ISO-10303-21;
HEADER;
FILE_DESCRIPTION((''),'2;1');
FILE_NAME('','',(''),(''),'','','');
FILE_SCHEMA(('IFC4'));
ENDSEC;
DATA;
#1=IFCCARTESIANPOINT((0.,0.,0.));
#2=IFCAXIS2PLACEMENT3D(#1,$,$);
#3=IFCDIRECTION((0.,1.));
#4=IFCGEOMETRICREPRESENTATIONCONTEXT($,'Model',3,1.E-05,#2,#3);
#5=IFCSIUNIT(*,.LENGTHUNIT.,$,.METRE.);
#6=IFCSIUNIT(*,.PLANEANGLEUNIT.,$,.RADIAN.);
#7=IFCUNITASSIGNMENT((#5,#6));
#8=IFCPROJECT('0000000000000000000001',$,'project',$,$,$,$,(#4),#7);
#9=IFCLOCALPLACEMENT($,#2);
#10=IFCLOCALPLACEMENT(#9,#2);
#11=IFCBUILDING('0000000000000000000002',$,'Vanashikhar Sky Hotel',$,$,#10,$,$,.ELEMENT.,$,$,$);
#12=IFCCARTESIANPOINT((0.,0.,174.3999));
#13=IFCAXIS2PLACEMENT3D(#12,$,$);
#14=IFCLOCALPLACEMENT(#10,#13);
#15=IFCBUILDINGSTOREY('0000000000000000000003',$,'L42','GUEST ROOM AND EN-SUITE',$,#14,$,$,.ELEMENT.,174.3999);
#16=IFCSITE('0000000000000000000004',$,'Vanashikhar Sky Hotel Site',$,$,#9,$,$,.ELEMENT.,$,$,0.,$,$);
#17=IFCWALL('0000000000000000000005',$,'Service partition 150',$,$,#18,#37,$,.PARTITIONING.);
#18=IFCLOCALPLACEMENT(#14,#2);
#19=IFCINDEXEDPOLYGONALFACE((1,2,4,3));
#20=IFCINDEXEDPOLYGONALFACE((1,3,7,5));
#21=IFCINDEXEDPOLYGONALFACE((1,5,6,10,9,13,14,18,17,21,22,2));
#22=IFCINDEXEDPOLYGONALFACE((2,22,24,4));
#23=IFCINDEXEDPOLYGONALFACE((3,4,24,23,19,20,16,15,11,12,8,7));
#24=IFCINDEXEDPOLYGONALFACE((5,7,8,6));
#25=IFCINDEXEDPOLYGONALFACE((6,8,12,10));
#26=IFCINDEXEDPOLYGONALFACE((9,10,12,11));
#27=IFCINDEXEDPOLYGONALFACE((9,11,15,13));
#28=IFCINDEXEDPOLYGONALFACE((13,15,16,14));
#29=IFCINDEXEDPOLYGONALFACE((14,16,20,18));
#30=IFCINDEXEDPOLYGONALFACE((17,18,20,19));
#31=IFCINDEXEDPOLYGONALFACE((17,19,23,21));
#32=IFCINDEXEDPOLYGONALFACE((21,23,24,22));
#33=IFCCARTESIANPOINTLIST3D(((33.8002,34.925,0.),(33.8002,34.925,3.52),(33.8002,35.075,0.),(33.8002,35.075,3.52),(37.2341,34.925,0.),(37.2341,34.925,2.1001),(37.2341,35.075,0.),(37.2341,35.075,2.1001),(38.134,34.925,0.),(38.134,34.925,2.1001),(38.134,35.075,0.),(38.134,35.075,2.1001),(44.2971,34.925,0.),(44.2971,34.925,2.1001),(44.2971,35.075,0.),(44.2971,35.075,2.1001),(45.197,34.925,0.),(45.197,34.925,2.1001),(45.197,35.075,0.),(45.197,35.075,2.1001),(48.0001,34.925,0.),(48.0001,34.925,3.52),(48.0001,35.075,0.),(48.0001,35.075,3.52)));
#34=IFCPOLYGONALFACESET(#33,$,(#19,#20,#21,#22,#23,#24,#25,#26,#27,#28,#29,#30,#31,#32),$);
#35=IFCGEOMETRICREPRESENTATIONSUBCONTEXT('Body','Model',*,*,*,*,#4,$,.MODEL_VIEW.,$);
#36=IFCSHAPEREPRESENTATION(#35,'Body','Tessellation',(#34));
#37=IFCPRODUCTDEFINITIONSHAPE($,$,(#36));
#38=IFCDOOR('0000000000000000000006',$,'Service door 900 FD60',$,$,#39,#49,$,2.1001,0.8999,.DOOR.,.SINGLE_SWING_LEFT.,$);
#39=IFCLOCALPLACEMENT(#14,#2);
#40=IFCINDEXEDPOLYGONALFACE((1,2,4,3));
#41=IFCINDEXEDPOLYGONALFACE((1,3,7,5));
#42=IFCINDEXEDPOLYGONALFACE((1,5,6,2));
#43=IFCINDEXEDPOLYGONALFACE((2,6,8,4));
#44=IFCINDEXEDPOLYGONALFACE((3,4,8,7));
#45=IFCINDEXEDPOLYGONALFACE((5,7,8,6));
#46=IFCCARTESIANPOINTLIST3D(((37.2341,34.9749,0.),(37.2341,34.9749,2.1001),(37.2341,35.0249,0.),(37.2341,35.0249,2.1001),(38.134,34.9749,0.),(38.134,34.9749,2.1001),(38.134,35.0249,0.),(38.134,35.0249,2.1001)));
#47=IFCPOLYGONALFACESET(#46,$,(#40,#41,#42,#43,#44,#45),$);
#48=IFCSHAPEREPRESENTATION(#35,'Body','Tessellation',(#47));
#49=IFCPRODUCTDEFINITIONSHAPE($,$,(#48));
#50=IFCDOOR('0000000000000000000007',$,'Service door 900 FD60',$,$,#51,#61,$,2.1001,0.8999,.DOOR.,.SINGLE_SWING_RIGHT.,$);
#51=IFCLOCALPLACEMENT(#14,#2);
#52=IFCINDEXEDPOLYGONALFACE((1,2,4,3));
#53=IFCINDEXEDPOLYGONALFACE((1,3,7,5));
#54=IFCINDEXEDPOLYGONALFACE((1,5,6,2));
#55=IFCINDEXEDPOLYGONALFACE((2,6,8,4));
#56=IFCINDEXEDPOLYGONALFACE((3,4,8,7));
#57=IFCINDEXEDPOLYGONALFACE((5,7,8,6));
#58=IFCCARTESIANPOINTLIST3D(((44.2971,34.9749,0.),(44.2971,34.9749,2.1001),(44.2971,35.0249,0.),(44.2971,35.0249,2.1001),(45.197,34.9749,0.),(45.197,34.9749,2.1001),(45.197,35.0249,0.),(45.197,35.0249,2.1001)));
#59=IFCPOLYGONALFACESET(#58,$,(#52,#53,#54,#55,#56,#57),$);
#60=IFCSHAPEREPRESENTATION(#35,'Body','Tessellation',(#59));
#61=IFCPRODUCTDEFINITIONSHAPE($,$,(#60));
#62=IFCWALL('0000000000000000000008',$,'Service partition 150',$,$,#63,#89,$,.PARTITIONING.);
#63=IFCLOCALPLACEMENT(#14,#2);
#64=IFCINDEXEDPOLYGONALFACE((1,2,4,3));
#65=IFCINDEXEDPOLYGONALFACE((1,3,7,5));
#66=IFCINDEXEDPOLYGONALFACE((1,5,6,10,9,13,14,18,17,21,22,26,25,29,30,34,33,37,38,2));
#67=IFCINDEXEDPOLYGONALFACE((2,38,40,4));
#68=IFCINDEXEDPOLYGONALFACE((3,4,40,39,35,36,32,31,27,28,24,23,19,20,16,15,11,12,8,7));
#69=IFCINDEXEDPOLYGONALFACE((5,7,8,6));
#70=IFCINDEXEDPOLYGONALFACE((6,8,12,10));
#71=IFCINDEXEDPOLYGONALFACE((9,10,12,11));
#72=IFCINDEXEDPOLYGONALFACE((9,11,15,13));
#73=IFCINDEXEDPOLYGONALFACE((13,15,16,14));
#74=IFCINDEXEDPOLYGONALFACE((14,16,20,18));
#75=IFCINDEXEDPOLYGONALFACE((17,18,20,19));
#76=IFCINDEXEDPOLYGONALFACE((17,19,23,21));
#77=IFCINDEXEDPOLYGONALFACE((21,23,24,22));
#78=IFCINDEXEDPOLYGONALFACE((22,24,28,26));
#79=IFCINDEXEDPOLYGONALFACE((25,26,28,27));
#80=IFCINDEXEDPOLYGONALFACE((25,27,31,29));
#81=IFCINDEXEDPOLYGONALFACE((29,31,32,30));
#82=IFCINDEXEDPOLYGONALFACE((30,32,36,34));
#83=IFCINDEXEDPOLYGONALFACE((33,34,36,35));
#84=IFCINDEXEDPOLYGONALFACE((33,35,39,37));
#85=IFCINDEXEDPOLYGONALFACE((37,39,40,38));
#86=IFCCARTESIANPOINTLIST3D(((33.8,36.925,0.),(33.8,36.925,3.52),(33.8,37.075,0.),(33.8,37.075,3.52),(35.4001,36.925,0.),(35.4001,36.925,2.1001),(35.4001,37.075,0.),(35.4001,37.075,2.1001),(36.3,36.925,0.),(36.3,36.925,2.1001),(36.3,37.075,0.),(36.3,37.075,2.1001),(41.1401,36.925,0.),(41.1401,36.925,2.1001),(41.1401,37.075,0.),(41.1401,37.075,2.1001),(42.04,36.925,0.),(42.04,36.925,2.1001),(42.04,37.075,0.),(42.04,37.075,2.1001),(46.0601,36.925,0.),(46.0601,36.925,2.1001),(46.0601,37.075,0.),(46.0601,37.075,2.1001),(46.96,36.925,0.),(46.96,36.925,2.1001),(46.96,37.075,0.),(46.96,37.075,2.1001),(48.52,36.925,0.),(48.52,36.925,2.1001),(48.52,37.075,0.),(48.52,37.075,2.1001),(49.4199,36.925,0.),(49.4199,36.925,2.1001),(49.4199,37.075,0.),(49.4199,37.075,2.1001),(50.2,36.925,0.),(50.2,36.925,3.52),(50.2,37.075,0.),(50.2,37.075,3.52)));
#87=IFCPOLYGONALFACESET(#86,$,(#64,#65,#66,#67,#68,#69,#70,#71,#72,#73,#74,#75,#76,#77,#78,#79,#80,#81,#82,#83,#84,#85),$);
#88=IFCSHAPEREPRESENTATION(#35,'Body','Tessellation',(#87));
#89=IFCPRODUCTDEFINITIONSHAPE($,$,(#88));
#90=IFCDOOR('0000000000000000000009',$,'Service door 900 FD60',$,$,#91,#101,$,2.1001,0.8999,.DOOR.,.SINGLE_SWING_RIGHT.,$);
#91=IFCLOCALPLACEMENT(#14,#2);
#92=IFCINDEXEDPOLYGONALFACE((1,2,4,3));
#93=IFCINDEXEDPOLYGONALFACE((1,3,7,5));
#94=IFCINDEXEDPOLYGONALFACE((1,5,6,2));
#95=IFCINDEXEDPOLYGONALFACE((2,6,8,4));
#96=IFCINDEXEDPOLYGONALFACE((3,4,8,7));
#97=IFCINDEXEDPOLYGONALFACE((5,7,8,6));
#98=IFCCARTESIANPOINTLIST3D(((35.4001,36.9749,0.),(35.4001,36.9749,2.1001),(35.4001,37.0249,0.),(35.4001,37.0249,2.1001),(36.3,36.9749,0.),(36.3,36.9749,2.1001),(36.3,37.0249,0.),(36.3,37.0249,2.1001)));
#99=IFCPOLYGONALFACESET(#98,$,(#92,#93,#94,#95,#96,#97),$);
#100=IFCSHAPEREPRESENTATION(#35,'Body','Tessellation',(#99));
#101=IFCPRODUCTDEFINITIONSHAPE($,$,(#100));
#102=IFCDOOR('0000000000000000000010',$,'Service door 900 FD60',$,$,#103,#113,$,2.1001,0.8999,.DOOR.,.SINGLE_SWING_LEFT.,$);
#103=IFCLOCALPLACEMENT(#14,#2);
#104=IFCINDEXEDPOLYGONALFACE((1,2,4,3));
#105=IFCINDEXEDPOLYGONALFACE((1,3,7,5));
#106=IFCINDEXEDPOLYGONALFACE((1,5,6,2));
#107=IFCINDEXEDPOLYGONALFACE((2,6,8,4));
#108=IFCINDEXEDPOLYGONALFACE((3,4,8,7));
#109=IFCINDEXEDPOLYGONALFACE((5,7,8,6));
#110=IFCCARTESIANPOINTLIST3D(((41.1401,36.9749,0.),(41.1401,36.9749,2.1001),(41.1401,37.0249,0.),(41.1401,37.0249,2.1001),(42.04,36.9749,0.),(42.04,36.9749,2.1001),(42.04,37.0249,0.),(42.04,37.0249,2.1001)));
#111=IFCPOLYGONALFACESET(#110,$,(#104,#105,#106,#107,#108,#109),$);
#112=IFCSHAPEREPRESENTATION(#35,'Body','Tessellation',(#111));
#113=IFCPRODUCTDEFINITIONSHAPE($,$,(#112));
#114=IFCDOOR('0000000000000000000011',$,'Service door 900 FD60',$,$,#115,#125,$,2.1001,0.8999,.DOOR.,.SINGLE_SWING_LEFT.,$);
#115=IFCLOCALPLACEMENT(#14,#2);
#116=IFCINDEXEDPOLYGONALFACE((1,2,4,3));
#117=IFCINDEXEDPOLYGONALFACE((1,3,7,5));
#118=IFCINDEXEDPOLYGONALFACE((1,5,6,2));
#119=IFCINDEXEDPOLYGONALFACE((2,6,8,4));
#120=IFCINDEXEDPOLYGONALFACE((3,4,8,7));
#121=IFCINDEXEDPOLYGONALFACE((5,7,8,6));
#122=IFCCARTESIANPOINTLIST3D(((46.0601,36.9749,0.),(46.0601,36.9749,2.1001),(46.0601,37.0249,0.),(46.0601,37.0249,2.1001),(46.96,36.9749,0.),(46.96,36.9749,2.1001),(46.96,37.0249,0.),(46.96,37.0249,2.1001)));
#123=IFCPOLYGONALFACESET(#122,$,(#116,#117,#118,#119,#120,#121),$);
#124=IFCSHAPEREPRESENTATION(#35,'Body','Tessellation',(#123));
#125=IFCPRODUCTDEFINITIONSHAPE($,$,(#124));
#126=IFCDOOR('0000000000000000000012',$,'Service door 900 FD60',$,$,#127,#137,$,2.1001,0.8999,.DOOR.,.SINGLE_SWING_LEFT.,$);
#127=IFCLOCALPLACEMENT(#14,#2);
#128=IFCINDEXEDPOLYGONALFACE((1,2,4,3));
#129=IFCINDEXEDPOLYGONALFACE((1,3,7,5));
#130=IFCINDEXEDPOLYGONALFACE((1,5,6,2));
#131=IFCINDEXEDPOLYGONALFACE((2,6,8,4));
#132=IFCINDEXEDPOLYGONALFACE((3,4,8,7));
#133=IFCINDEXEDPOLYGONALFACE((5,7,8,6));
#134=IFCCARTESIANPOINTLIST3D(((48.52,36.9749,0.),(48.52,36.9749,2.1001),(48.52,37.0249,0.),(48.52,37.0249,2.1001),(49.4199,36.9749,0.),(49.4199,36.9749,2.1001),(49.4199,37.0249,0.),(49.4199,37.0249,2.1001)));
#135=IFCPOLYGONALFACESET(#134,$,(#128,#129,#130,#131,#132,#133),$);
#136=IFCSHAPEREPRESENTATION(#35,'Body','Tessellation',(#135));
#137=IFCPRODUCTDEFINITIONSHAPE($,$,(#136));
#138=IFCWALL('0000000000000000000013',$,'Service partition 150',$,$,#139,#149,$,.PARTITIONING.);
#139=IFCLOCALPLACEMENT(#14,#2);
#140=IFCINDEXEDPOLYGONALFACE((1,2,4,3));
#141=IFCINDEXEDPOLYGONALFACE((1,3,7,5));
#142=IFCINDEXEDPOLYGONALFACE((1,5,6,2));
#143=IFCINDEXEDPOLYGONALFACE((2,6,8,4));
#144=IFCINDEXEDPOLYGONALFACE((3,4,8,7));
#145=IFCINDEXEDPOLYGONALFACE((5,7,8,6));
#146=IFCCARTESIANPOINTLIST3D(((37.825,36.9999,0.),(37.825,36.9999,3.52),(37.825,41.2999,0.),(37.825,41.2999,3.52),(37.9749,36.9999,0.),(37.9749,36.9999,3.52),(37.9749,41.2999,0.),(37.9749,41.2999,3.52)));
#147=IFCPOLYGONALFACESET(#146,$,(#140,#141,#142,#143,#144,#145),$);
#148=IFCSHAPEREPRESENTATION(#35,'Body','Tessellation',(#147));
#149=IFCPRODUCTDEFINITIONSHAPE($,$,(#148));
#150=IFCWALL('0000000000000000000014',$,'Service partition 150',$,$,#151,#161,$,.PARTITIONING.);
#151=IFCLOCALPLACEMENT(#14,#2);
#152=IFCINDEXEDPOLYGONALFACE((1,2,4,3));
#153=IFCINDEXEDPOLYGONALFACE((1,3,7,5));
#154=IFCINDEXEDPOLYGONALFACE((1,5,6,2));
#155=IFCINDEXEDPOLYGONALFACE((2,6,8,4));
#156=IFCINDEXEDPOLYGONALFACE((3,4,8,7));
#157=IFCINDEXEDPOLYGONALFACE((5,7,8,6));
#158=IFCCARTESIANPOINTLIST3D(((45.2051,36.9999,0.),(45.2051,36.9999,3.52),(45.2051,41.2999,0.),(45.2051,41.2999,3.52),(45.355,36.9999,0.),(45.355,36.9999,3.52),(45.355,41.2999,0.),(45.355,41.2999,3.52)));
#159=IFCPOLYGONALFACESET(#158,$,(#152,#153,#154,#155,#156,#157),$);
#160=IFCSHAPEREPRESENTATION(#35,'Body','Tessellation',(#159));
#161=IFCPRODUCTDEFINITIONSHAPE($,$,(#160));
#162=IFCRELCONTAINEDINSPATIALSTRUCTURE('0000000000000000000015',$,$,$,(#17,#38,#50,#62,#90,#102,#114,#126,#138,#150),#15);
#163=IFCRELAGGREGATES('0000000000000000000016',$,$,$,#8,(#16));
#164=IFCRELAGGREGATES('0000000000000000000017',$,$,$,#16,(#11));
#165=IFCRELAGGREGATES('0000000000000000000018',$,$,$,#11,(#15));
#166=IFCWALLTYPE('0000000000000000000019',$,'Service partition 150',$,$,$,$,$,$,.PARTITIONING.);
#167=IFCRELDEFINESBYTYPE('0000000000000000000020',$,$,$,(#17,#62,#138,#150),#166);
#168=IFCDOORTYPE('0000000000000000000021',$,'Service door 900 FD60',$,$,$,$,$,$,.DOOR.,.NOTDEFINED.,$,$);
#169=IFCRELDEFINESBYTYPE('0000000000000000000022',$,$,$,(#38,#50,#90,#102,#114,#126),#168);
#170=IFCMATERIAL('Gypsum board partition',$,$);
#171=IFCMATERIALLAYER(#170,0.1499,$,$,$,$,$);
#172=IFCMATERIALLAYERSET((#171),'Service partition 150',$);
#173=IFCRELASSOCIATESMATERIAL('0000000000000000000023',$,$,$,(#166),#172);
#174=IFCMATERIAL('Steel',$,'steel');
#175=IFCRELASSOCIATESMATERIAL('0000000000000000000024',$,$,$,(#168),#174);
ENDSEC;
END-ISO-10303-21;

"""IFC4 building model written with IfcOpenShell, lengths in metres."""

from ifc_helpers import new_model, si_unit, direction, frame, frame_2d, origin, place, context, subcontext, project, spatial, rectangle, extrude, source, transform, mapped, material, layer, layer_set, type_object, element, fill, save


model = new_model("IFC4")

# Units and contexts
model_context = context("Model", 3, precision=1e-05, world=origin(), true_north=direction((0.0, 1.0)))
body_context = subcontext(model_context, "Body", "Model", "MODEL_VIEW")
ifc_project = project(units=[si_unit("LENGTHUNIT", "METRE"), si_unit("PLANEANGLEUNIT", "RADIAN")], contexts=[model_context])

# Site, building, storey
site_placement = place(None, origin())
site = spatial("IfcSite", under=ifc_project, at=site_placement, Name="Vanashikhar Sky Hotel Site", CompositionType="ELEMENT", RefElevation=0.0)
building_placement = place(site_placement, origin())
building = spatial("IfcBuilding", under=site, at=building_placement, Name="Vanashikhar Sky Hotel", CompositionType="ELEMENT")
storey_placement = place(building_placement, frame((0.0, 0.0, 174.3999)))
storey = spatial("IfcBuildingStorey", under=building, at=storey_placement, Name="L42", Description="GUEST ROOM AND EN-SUITE", CompositionType="ELEMENT", Elevation=174.3999)

# Shared definitions
ifc_material_1 = material(Name="Gypsum board partition")
ifc_layer_1 = layer(ifc_material_1, 0.1499)
ifc_layer_set_1 = layer_set([ifc_layer_1], Name="Service partition 150")
wall_type_1 = type_object("IfcWallType", Name="Service partition 150", PredefinedType="PARTITIONING", material=ifc_layer_set_1)
ifc_material_2 = material(Name="Steel", Category="steel")
door_type_1 = type_object("IfcDoorType", Name="Service door 900 FD60", OperationType="NOTDEFINED", PredefinedType="DOOR", material=ifc_material_2)
shared_shape_1 = source(origin(), body_context, "Body", "SweptSolid", [
    extrude(rectangle(XDim=0.8999, YDim=2.1001, at=frame_2d((0.45, 1.05))), frame((0.0, 0.0249, 0.0), z_axis=(0.0, -1.0, 0.0), x_axis=(1.0, 0.0, 0.0)), (0.0, 0.0, 1.0), 0.05),
])

# Walls, openings, doors
shared_shape_2 = source(origin(), body_context, "Body", "SweptSolid", [
    extrude(rectangle(XDim=14.2, YDim=0.1499, at=frame_2d((7.1001, 0.0))), origin(), (0.0, 0.0, 1.0), 3.52),
])
wall_1_placement = place(storey_placement, frame((33.8, 35.0, 0.0), z_axis=(0.0, 0.0, 1.0), x_axis=(1.0, 0.0, 0.0)))
wall_1 = element("IfcWall", 1, at=wall_1_placement, inside=storey, type_object=wall_type_1, Name="Service partition 150", PredefinedType="PARTITIONING", context=body_context, shape_type="MappedRepresentation", body=[
    mapped(shared_shape_2, transform((0.0, 0.0, 0.0), scale=1.0)),
])
shared_shape_3 = source(origin(), body_context, "Body", "SweptSolid", [
    extrude(rectangle(XDim=0.8999, YDim=2.1001, at=frame_2d((0.45, 1.05))), frame((0.0, 0.085, 0.0), z_axis=(0.0, -1.0, 0.0), x_axis=(1.0, 0.0, 0.0)), (0.0, 0.0, 1.0), 0.1699),
])
opening_1_placement = place(wall_1_placement, frame((3.4341, 0.0, 0.0)))
opening_1 = element("IfcOpeningElement", 2, at=opening_1_placement, cuts=wall_1, PredefinedType="OPENING", context=body_context, shape_type="MappedRepresentation", body=[
    mapped(shared_shape_3, transform((0.0, 0.0, 0.0), scale=1.0)),
])
opening_2_placement = place(wall_1_placement, frame((10.4971, 0.0, 0.0)))
opening_2 = element("IfcOpeningElement", 3, at=opening_2_placement, cuts=wall_1, PredefinedType="OPENING", context=body_context, shape_type="MappedRepresentation", body=[
    mapped(shared_shape_3, transform((0.0, 0.0, 0.0), scale=1.0)),
])
door_1_placement = place(opening_1_placement, origin())
door_1 = element("IfcDoor", 4, at=door_1_placement, inside=storey, type_object=door_type_1, Name="Service door 900 FD60", OperationType="SINGLE_SWING_LEFT", OverallHeight=2.1001, OverallWidth=0.8999, PredefinedType="DOOR", context=body_context, shape_type="MappedRepresentation", body=[
    mapped(shared_shape_1, transform((0.0, 0.0, 0.0), scale=1.0)),
])
fill(opening_1, door_1)
door_2_placement = place(opening_2_placement, origin())
door_2 = element("IfcDoor", 5, at=door_2_placement, inside=storey, type_object=door_type_1, Name="Service door 900 FD60", OperationType="SINGLE_SWING_RIGHT", OverallHeight=2.1001, OverallWidth=0.8999, PredefinedType="DOOR", context=body_context, shape_type="MappedRepresentation", body=[
    mapped(shared_shape_1, transform((0.0, 0.0, 0.0), scale=1.0)),
])
fill(opening_2, door_2)
shared_shape_4 = source(origin(), body_context, "Body", "SweptSolid", [
    extrude(rectangle(XDim=16.3999, YDim=0.1499, at=frame_2d((8.2, 0.0))), origin(), (0.0, 0.0, 1.0), 3.52),
])
wall_2_placement = place(storey_placement, frame((33.8, 37.0, 0.0), z_axis=(0.0, 0.0, 1.0), x_axis=(1.0, 0.0, 0.0)))
wall_2 = element("IfcWall", 6, at=wall_2_placement, inside=storey, type_object=wall_type_1, Name="Service partition 150", PredefinedType="PARTITIONING", context=body_context, shape_type="MappedRepresentation", body=[
    mapped(shared_shape_4, transform((0.0, 0.0, 0.0), scale=1.0)),
])
opening_3_placement = place(wall_2_placement, frame((1.6001, 0.0, 0.0)))
opening_3 = element("IfcOpeningElement", 7, at=opening_3_placement, cuts=wall_2, PredefinedType="OPENING", context=body_context, shape_type="MappedRepresentation", body=[
    mapped(shared_shape_3, transform((0.0, 0.0, 0.0), scale=1.0)),
])
opening_4_placement = place(wall_2_placement, frame((7.3401, 0.0, 0.0)))
opening_4 = element("IfcOpeningElement", 8, at=opening_4_placement, cuts=wall_2, PredefinedType="OPENING", context=body_context, shape_type="MappedRepresentation", body=[
    mapped(shared_shape_3, transform((0.0, 0.0, 0.0), scale=1.0)),
])
opening_5_placement = place(wall_2_placement, frame((12.26, 0.0, 0.0)))
opening_5 = element("IfcOpeningElement", 9, at=opening_5_placement, cuts=wall_2, PredefinedType="OPENING", context=body_context, shape_type="MappedRepresentation", body=[
    mapped(shared_shape_3, transform((0.0, 0.0, 0.0), scale=1.0)),
])
opening_6_placement = place(wall_2_placement, frame((14.72, 0.0, 0.0)))
opening_6 = element("IfcOpeningElement", 10, at=opening_6_placement, cuts=wall_2, PredefinedType="OPENING", context=body_context, shape_type="MappedRepresentation", body=[
    mapped(shared_shape_3, transform((0.0, 0.0, 0.0), scale=1.0)),
])
door_3_placement = place(opening_3_placement, origin())
door_3 = element("IfcDoor", 11, at=door_3_placement, inside=storey, type_object=door_type_1, Name="Service door 900 FD60", OperationType="SINGLE_SWING_RIGHT", OverallHeight=2.1001, OverallWidth=0.8999, PredefinedType="DOOR", context=body_context, shape_type="MappedRepresentation", body=[
    mapped(shared_shape_1, transform((0.0, 0.0, 0.0), scale=1.0)),
])
fill(opening_3, door_3)
door_4_placement = place(opening_4_placement, origin())
door_4 = element("IfcDoor", 12, at=door_4_placement, inside=storey, type_object=door_type_1, Name="Service door 900 FD60", OperationType="SINGLE_SWING_LEFT", OverallHeight=2.1001, OverallWidth=0.8999, PredefinedType="DOOR", context=body_context, shape_type="MappedRepresentation", body=[
    mapped(shared_shape_1, transform((0.0, 0.0, 0.0), scale=1.0)),
])
fill(opening_4, door_4)
door_5_placement = place(opening_5_placement, origin())
door_5 = element("IfcDoor", 13, at=door_5_placement, inside=storey, type_object=door_type_1, Name="Service door 900 FD60", OperationType="SINGLE_SWING_LEFT", OverallHeight=2.1001, OverallWidth=0.8999, PredefinedType="DOOR", context=body_context, shape_type="MappedRepresentation", body=[
    mapped(shared_shape_1, transform((0.0, 0.0, 0.0), scale=1.0)),
])
fill(opening_5, door_5)
door_6_placement = place(opening_6_placement, origin())
door_6 = element("IfcDoor", 14, at=door_6_placement, inside=storey, type_object=door_type_1, Name="Service door 900 FD60", OperationType="SINGLE_SWING_LEFT", OverallHeight=2.1001, OverallWidth=0.8999, PredefinedType="DOOR", context=body_context, shape_type="MappedRepresentation", body=[
    mapped(shared_shape_1, transform((0.0, 0.0, 0.0), scale=1.0)),
])
fill(opening_6, door_6)

# Walls
shared_shape_5 = source(origin(), body_context, "Body", "SweptSolid", [
    extrude(rectangle(XDim=4.3, YDim=0.1499, at=frame_2d((2.1499, 0.0))), origin(), (0.0, 0.0, 1.0), 3.52),
])
for number, where, z_axis, x_axis, name in (
    (15, (37.8999, 37.0, 0.0), (0.0, 0.0, 1.0), (0.0, 1.0, 0.0), "Service partition 150"),
    (16, (45.28, 37.0, 0.0), (0.0, 0.0, 1.0), (0.0, 1.0, 0.0), "Service partition 150"),
):
    element("IfcWall", number, at=place(storey_placement, frame(where, z_axis=z_axis, x_axis=x_axis)), inside=storey, type_object=wall_type_1, Name=name, PredefinedType="PARTITIONING", context=body_context, shape_type="MappedRepresentation", body=[
        mapped(shared_shape_5, transform((0.0, 0.0, 0.0), scale=1.0)),
    ])

save(model, "model.ifc")
